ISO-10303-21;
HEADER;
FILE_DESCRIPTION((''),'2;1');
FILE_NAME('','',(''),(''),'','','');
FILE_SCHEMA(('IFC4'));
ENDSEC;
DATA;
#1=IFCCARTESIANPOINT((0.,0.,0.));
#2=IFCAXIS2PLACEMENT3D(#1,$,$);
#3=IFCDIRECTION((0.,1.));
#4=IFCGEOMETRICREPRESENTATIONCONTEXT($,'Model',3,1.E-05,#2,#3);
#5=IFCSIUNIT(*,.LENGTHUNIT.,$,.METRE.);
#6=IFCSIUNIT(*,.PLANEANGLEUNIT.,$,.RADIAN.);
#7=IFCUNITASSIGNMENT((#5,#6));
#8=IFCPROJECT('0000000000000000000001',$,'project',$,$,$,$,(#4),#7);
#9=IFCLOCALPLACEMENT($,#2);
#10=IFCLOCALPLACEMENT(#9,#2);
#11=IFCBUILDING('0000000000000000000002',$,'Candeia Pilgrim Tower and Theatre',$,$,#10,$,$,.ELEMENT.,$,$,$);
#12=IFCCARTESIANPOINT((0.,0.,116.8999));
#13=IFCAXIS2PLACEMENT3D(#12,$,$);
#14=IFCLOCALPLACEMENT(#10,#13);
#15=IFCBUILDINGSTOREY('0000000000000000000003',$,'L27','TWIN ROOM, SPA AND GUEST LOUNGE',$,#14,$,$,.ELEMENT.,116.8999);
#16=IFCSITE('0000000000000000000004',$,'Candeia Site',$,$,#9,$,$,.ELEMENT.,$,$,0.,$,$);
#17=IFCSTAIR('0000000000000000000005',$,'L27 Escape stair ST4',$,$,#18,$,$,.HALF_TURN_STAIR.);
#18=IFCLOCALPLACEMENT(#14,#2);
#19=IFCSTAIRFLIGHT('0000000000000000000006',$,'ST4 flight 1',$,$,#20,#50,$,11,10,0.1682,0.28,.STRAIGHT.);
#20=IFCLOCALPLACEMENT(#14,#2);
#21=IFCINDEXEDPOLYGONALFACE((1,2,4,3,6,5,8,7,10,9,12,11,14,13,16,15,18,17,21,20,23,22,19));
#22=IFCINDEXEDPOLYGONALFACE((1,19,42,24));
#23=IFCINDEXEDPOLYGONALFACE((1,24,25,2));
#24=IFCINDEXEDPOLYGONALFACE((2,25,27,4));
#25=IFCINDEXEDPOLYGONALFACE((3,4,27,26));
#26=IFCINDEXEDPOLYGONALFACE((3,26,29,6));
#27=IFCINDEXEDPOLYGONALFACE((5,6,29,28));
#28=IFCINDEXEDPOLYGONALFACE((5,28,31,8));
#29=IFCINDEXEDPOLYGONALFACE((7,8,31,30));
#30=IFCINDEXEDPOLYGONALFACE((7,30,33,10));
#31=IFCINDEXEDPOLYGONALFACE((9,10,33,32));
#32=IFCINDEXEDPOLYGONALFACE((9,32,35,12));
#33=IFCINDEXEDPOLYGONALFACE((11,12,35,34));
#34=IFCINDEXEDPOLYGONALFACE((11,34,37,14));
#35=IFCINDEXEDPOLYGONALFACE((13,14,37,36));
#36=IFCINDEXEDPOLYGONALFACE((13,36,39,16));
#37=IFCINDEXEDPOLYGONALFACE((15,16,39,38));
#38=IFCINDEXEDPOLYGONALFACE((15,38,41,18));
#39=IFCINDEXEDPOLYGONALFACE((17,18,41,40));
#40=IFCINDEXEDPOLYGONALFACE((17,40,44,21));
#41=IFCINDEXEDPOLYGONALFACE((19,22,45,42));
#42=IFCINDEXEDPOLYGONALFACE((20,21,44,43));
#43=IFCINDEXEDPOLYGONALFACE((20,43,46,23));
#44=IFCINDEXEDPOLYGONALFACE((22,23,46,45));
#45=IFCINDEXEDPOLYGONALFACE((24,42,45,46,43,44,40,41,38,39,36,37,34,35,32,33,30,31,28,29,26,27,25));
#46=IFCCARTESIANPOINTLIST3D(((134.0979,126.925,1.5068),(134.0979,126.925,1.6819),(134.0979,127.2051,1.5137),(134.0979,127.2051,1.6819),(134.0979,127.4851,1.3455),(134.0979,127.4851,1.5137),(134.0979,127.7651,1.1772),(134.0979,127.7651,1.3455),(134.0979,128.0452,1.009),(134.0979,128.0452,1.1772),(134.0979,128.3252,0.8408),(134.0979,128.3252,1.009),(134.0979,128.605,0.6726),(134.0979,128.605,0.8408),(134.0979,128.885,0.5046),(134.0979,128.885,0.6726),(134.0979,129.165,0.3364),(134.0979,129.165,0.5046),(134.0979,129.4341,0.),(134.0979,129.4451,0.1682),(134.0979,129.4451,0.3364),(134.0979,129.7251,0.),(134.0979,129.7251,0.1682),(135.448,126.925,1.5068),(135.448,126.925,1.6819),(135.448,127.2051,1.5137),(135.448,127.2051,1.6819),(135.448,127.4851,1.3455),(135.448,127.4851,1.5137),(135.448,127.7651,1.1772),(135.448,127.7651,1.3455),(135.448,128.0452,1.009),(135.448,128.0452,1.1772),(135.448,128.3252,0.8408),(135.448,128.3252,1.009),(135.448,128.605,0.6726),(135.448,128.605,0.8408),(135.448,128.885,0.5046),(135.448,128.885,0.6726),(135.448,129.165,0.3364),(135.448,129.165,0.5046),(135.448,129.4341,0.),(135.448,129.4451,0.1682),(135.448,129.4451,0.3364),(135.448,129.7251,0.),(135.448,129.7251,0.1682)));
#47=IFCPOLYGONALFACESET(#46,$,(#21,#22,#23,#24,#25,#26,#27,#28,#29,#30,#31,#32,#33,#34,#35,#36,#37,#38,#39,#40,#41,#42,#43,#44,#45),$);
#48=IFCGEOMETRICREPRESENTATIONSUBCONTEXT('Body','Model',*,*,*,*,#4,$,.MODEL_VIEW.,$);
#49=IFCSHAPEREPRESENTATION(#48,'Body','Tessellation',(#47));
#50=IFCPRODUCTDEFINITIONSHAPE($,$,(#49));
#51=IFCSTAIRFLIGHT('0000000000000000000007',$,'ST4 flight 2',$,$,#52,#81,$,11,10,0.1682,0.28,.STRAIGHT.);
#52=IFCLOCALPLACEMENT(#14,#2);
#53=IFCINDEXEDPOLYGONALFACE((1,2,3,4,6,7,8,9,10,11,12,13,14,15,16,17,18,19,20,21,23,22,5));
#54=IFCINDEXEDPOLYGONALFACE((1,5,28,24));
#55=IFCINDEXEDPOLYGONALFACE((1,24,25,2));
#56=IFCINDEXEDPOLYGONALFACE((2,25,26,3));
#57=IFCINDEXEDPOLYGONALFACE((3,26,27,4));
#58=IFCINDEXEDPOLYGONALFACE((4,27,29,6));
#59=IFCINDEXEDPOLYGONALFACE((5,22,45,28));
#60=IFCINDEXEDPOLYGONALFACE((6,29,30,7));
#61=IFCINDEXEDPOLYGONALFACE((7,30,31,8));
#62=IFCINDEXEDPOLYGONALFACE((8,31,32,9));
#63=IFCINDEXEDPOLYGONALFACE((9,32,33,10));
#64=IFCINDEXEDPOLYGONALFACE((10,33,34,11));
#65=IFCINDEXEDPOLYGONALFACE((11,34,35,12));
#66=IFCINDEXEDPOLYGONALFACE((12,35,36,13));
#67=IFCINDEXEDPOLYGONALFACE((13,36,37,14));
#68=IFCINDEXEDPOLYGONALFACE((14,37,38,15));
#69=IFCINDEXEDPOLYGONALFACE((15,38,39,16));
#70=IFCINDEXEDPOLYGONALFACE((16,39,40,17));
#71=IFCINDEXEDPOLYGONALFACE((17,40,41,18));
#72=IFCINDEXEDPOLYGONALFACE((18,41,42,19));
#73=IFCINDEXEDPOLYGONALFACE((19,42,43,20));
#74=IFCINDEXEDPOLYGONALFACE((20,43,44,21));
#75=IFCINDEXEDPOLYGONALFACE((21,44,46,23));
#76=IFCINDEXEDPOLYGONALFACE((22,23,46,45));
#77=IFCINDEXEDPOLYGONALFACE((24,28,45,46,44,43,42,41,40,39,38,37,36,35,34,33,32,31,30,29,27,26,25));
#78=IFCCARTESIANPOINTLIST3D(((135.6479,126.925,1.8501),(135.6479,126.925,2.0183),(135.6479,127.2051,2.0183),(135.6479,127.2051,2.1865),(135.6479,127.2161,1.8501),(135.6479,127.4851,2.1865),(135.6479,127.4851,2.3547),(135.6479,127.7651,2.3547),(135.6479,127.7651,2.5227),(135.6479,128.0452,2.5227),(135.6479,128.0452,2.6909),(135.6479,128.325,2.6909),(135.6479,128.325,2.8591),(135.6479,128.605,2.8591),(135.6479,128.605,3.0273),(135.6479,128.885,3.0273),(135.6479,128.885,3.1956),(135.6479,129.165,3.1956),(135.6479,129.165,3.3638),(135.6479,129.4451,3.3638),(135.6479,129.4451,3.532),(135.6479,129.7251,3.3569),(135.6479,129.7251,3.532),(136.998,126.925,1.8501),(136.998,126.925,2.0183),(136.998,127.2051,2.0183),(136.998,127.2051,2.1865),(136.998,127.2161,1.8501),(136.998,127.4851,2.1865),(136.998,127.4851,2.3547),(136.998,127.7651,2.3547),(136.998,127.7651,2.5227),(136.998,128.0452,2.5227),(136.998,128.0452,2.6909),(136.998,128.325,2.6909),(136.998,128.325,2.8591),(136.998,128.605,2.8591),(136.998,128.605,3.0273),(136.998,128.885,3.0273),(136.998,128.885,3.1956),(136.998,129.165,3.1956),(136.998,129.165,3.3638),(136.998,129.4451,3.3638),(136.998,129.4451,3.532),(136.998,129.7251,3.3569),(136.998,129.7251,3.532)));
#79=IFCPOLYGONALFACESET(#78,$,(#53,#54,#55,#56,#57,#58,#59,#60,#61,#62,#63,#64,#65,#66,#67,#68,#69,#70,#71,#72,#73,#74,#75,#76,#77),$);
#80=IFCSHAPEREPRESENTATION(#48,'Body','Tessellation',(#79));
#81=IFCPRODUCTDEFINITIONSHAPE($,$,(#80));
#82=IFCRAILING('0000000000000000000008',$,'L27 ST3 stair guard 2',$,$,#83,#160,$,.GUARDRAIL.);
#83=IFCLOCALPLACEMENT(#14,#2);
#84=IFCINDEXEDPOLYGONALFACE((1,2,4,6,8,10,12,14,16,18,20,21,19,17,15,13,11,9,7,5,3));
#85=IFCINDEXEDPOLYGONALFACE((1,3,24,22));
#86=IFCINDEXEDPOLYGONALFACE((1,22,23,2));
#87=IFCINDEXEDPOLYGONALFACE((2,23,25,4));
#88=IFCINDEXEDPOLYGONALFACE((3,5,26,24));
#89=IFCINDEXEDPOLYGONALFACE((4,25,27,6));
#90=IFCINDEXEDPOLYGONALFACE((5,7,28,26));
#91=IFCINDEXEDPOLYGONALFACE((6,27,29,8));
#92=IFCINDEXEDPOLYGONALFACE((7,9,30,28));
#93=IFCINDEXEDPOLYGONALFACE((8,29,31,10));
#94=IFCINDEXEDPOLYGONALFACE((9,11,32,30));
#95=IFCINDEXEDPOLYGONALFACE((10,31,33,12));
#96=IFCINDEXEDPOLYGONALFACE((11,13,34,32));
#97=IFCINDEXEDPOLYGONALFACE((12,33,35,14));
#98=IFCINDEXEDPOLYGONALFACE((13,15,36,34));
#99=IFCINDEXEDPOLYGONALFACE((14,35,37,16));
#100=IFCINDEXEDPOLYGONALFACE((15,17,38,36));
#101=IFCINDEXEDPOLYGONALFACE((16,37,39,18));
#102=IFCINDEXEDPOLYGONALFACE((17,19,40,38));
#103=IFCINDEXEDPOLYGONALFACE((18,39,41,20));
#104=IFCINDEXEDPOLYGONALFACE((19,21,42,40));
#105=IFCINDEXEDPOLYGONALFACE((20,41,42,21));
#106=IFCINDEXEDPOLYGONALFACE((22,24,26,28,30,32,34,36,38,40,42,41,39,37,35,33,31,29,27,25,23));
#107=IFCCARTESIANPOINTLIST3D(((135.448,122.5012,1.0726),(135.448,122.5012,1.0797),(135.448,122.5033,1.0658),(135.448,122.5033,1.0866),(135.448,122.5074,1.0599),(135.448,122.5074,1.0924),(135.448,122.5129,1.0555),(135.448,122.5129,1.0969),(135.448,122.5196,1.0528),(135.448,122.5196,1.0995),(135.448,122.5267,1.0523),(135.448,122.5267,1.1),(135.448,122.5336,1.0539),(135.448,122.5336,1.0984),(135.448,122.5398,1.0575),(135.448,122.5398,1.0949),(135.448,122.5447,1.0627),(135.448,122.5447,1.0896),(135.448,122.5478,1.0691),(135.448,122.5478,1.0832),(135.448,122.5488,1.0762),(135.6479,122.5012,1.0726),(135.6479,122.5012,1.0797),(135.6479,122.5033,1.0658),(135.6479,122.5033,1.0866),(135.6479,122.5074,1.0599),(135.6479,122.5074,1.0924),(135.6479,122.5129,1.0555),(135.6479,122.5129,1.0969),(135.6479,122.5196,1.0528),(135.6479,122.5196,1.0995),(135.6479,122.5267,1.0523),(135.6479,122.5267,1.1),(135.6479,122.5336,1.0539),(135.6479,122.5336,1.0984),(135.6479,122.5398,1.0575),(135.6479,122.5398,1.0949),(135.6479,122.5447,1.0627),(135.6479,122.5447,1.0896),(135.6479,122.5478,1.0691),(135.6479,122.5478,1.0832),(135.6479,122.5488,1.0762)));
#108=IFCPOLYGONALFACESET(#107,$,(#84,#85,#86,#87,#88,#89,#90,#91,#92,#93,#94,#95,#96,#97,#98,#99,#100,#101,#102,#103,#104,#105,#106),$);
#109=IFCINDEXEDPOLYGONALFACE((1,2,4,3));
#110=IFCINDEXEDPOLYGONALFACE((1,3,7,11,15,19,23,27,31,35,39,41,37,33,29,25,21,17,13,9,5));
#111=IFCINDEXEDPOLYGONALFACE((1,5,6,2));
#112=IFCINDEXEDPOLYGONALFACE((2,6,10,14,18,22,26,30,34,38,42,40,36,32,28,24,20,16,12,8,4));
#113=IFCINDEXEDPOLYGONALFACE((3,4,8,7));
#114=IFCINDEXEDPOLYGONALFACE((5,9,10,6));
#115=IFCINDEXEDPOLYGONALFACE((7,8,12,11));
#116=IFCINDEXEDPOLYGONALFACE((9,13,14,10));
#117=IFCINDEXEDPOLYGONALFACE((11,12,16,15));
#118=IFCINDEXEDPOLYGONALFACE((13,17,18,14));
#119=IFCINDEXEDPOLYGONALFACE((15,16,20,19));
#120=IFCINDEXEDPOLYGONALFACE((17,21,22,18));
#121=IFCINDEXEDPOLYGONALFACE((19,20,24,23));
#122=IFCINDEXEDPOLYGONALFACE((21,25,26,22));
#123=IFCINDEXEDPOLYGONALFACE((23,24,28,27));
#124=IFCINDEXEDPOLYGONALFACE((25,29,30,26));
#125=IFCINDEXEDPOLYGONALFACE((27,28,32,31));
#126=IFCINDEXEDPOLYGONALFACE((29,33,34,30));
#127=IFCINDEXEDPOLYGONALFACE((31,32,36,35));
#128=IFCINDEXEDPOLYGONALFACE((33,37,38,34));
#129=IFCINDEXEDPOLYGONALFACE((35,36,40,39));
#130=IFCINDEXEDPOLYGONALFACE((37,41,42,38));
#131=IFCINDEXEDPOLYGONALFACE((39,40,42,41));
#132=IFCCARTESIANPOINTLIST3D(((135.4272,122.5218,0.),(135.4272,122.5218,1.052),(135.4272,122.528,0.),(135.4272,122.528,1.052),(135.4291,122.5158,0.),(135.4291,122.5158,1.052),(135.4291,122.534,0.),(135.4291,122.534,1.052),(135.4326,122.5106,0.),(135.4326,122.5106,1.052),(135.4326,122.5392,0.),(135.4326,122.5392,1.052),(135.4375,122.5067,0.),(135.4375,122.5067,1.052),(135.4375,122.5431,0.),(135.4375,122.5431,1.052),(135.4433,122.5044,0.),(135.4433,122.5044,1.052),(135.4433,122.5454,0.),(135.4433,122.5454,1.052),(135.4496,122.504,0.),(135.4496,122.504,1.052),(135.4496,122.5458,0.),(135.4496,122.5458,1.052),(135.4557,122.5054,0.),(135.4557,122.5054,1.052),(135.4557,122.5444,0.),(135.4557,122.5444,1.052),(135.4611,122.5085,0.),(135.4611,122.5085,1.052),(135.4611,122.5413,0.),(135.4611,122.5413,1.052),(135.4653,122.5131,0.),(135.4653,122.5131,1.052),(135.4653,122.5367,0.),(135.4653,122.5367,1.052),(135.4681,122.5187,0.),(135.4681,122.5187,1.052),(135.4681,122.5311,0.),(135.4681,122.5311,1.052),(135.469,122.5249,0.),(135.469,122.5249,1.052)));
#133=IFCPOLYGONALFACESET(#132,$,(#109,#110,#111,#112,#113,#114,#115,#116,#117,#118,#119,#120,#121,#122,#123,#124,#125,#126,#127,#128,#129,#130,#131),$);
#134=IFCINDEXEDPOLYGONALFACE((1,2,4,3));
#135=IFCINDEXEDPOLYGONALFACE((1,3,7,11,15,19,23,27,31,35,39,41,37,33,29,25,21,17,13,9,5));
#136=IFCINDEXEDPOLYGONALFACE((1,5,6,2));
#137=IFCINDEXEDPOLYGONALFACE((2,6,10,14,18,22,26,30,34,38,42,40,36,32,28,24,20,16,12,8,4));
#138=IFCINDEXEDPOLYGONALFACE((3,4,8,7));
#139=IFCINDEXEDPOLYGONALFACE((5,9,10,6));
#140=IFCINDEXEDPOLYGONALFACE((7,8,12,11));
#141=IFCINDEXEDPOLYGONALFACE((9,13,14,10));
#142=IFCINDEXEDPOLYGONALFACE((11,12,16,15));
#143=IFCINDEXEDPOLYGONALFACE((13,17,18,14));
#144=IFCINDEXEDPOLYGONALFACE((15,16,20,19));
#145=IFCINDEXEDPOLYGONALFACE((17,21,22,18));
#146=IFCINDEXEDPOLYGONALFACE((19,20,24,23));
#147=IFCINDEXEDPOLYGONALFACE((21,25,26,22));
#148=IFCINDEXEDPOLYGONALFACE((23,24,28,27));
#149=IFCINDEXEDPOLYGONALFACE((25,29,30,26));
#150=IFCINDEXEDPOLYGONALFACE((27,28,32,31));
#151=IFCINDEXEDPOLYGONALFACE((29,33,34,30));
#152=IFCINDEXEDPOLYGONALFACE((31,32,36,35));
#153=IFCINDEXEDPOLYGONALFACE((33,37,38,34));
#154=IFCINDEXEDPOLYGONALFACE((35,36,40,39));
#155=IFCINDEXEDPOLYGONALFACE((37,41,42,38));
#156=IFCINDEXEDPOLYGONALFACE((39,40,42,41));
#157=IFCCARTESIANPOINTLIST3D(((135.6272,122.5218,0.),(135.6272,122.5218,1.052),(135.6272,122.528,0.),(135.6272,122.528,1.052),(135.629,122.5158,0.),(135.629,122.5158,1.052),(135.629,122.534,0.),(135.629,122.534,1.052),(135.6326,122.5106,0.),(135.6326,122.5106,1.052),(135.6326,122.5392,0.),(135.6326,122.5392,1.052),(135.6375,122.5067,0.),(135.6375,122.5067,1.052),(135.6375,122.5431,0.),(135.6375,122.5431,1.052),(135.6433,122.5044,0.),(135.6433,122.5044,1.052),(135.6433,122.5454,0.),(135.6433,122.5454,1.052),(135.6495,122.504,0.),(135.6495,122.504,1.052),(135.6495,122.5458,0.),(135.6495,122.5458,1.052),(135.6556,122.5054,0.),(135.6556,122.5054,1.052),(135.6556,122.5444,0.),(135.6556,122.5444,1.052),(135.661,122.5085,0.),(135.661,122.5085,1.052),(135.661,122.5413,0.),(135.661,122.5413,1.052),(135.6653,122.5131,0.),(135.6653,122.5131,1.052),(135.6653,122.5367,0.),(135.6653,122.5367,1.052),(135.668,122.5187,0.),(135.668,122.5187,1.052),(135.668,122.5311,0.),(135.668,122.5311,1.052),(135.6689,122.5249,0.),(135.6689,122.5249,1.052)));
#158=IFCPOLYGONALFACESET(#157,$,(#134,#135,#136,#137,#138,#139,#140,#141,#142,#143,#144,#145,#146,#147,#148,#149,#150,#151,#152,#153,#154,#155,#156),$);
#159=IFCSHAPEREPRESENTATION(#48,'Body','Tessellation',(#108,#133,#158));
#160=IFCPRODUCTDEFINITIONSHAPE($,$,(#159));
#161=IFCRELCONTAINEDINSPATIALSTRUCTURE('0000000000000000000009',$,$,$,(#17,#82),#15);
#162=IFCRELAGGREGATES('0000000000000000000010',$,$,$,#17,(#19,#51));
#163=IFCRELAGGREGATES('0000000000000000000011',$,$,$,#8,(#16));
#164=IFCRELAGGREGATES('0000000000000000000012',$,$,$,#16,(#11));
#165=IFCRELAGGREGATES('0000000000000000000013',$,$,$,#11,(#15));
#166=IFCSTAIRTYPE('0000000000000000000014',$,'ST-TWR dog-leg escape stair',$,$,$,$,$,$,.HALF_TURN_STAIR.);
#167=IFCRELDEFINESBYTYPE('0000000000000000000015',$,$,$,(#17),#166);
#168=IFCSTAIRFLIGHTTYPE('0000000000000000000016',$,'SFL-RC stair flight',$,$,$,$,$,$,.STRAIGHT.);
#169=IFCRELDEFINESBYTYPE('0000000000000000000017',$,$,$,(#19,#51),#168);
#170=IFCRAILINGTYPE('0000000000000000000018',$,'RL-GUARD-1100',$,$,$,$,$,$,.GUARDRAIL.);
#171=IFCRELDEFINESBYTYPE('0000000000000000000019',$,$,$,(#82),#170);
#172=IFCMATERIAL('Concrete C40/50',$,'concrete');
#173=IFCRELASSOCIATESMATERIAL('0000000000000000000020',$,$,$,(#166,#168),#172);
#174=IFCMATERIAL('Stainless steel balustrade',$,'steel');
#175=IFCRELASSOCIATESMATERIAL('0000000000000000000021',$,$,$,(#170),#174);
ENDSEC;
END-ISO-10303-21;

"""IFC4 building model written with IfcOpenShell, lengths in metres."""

from ifc_helpers import new_model, si_unit, direction, frame, origin, origin_2d, place, context, subcontext, project, spatial, polyline, circle, outline, extrude, material, type_object, element, aggregate, save


model = new_model("IFC4")

# Units and contexts
model_context = context("Model", 3, precision=1e-05, world=origin(), true_north=direction((0.0, 1.0)))
body_context = subcontext(model_context, "Body", "Model", "MODEL_VIEW")
ifc_project = project(units=[si_unit("LENGTHUNIT", "METRE"), si_unit("PLANEANGLEUNIT", "RADIAN")], contexts=[model_context])

# Site, building, storey
site_placement = place(None, origin())
site = spatial("IfcSite", under=ifc_project, at=site_placement, Name="Candeia Site", CompositionType="ELEMENT", RefElevation=0.0)
building_placement = place(site_placement, origin())
building = spatial("IfcBuilding", under=site, at=building_placement, Name="Candeia Pilgrim Tower and Theatre", CompositionType="ELEMENT")
storey_placement = place(building_placement, frame((0.0, 0.0, 116.8999)))
storey = spatial("IfcBuildingStorey", under=building, at=storey_placement, Name="L27", Description="TWIN ROOM, SPA AND GUEST LOUNGE", CompositionType="ELEMENT", Elevation=116.8999)

# Shared definitions
ifc_material_1 = material(Name="Concrete C40/50", Category="concrete")

# Stair, stair flights
stair_type = type_object("IfcStairType", Name="ST-TWR dog-leg escape stair", PredefinedType="HALF_TURN_STAIR", material=ifc_material_1)
stair_flight_type = type_object("IfcStairFlightType", Name="SFL-RC stair flight", PredefinedType="STRAIGHT", material=ifc_material_1)
stair_1_placement = place(storey_placement, origin())
stair_1 = element("IfcStair", 1, at=stair_1_placement, inside=storey, type_object=stair_type, Name="L27 Escape stair ST4", PredefinedType="HALF_TURN_STAIR")
stair_flight_1_placement = place(storey_placement, frame((134.7729, 129.7251, 0.0), z_axis=(0.0, 0.0, 1.0), x_axis=(0.0, -1.0, 0.0)))
stair_flight_1 = element("IfcStairFlight", 2, at=stair_flight_1_placement, type_object=stair_flight_type, Name="ST4 flight 1", NumberOfRisers=11, NumberOfTreads=10, PredefinedType="STRAIGHT", RiserHeight=0.1682, TreadLength=0.28, context=body_context, shape_type="SweptSolid", body=[
    extrude(outline(polyline([(0.0, 0.0), (0.0, 0.1682), (0.28, 0.1682), (0.28, 0.3364), (0.5601, 0.3364), (0.5601, 0.5046), (0.8401, 0.5046), (0.8401, 0.6726), (1.1201, 0.6726), (1.1201, 0.8408), (1.3999, 0.8408), (1.3999, 1.009), (1.6799, 1.009), (1.6799, 1.1772), (1.96, 1.1772), (1.96, 1.3455), (2.24, 1.3455), (2.24, 1.5137), (2.52, 1.5137), (2.52, 1.6819), (2.8, 1.6819), (2.8, 1.8501), (2.8, 1.5068), (0.291, 0.0), (0.0, 0.0)])), frame((0.0, 0.675, 0.0), z_axis=(0.0, -1.0, 0.0), x_axis=(1.0, 0.0, 0.0)), (0.0, 0.0, 1.0), 1.3501),
])
stair_flight_2_placement = place(storey_placement, frame((136.323, 126.925, 1.8501), z_axis=(0.0, 0.0, 1.0), x_axis=(0.0, 1.0, 0.0)))
stair_flight_2 = element("IfcStairFlight", 3, at=stair_flight_2_placement, type_object=stair_flight_type, Name="ST4 flight 2", NumberOfRisers=11, NumberOfTreads=10, PredefinedType="STRAIGHT", RiserHeight=0.1682, TreadLength=0.28, context=body_context, shape_type="SweptSolid", body=[
    extrude(outline(polyline([(0.0, 0.0), (0.0, 0.1682), (0.28, 0.1682), (0.28, 0.3364), (0.5601, 0.3364), (0.5601, 0.5046), (0.8401, 0.5046), (0.8401, 0.6726), (1.1201, 0.6726), (1.1201, 0.8408), (1.3999, 0.8408), (1.3999, 1.009), (1.6799, 1.009), (1.6799, 1.1772), (1.96, 1.1772), (1.96, 1.3455), (2.24, 1.3455), (2.24, 1.5137), (2.52, 1.5137), (2.52, 1.6819), (2.8, 1.6819), (2.8, 1.8501), (2.8, 1.5068), (0.291, 0.0), (0.0, 0.0)])), frame((0.0, 0.675, 0.0), z_axis=(0.0, -1.0, 0.0), x_axis=(1.0, 0.0, 0.0)), (0.0, 0.0, 1.0), 1.3501),
])
aggregate(stair_1, [stair_flight_1, stair_flight_2])

# Railing
ifc_material_2 = material(Name="Stainless steel balustrade", Category="steel")
railing_type_1 = type_object("IfcRailingType", Name="RL-GUARD-1100", PredefinedType="GUARDRAIL", material=ifc_material_2)
railing_1_placement = place(storey_placement, frame((135.448, 122.5249, 0.0)))
element("IfcRailing", 4, at=railing_1_placement, inside=storey, type_object=railing_type_1, Name="L27 ST3 stair guard 2", PredefinedType="GUARDRAIL", context=body_context, shape_type="SweptSolid", body=[
    extrude(circle(Radius=0.0239, at=origin_2d()), frame((0.0, 0.0, 1.0762), z_axis=(1.0, 0.0, 0.0), x_axis=(0.0, 1.0, 0.0)), (0.0, 0.0, 1.0), 0.2),
    extrude(circle(Radius=0.021, at=origin_2d()), origin(), (0.0, 0.0, 1.0), 1.052),
    extrude(circle(Radius=0.021, at=origin_2d()), frame((0.2, 0.0, 0.0)), (0.0, 0.0, 1.0), 1.052),
])

save(model, "model.ifc")
